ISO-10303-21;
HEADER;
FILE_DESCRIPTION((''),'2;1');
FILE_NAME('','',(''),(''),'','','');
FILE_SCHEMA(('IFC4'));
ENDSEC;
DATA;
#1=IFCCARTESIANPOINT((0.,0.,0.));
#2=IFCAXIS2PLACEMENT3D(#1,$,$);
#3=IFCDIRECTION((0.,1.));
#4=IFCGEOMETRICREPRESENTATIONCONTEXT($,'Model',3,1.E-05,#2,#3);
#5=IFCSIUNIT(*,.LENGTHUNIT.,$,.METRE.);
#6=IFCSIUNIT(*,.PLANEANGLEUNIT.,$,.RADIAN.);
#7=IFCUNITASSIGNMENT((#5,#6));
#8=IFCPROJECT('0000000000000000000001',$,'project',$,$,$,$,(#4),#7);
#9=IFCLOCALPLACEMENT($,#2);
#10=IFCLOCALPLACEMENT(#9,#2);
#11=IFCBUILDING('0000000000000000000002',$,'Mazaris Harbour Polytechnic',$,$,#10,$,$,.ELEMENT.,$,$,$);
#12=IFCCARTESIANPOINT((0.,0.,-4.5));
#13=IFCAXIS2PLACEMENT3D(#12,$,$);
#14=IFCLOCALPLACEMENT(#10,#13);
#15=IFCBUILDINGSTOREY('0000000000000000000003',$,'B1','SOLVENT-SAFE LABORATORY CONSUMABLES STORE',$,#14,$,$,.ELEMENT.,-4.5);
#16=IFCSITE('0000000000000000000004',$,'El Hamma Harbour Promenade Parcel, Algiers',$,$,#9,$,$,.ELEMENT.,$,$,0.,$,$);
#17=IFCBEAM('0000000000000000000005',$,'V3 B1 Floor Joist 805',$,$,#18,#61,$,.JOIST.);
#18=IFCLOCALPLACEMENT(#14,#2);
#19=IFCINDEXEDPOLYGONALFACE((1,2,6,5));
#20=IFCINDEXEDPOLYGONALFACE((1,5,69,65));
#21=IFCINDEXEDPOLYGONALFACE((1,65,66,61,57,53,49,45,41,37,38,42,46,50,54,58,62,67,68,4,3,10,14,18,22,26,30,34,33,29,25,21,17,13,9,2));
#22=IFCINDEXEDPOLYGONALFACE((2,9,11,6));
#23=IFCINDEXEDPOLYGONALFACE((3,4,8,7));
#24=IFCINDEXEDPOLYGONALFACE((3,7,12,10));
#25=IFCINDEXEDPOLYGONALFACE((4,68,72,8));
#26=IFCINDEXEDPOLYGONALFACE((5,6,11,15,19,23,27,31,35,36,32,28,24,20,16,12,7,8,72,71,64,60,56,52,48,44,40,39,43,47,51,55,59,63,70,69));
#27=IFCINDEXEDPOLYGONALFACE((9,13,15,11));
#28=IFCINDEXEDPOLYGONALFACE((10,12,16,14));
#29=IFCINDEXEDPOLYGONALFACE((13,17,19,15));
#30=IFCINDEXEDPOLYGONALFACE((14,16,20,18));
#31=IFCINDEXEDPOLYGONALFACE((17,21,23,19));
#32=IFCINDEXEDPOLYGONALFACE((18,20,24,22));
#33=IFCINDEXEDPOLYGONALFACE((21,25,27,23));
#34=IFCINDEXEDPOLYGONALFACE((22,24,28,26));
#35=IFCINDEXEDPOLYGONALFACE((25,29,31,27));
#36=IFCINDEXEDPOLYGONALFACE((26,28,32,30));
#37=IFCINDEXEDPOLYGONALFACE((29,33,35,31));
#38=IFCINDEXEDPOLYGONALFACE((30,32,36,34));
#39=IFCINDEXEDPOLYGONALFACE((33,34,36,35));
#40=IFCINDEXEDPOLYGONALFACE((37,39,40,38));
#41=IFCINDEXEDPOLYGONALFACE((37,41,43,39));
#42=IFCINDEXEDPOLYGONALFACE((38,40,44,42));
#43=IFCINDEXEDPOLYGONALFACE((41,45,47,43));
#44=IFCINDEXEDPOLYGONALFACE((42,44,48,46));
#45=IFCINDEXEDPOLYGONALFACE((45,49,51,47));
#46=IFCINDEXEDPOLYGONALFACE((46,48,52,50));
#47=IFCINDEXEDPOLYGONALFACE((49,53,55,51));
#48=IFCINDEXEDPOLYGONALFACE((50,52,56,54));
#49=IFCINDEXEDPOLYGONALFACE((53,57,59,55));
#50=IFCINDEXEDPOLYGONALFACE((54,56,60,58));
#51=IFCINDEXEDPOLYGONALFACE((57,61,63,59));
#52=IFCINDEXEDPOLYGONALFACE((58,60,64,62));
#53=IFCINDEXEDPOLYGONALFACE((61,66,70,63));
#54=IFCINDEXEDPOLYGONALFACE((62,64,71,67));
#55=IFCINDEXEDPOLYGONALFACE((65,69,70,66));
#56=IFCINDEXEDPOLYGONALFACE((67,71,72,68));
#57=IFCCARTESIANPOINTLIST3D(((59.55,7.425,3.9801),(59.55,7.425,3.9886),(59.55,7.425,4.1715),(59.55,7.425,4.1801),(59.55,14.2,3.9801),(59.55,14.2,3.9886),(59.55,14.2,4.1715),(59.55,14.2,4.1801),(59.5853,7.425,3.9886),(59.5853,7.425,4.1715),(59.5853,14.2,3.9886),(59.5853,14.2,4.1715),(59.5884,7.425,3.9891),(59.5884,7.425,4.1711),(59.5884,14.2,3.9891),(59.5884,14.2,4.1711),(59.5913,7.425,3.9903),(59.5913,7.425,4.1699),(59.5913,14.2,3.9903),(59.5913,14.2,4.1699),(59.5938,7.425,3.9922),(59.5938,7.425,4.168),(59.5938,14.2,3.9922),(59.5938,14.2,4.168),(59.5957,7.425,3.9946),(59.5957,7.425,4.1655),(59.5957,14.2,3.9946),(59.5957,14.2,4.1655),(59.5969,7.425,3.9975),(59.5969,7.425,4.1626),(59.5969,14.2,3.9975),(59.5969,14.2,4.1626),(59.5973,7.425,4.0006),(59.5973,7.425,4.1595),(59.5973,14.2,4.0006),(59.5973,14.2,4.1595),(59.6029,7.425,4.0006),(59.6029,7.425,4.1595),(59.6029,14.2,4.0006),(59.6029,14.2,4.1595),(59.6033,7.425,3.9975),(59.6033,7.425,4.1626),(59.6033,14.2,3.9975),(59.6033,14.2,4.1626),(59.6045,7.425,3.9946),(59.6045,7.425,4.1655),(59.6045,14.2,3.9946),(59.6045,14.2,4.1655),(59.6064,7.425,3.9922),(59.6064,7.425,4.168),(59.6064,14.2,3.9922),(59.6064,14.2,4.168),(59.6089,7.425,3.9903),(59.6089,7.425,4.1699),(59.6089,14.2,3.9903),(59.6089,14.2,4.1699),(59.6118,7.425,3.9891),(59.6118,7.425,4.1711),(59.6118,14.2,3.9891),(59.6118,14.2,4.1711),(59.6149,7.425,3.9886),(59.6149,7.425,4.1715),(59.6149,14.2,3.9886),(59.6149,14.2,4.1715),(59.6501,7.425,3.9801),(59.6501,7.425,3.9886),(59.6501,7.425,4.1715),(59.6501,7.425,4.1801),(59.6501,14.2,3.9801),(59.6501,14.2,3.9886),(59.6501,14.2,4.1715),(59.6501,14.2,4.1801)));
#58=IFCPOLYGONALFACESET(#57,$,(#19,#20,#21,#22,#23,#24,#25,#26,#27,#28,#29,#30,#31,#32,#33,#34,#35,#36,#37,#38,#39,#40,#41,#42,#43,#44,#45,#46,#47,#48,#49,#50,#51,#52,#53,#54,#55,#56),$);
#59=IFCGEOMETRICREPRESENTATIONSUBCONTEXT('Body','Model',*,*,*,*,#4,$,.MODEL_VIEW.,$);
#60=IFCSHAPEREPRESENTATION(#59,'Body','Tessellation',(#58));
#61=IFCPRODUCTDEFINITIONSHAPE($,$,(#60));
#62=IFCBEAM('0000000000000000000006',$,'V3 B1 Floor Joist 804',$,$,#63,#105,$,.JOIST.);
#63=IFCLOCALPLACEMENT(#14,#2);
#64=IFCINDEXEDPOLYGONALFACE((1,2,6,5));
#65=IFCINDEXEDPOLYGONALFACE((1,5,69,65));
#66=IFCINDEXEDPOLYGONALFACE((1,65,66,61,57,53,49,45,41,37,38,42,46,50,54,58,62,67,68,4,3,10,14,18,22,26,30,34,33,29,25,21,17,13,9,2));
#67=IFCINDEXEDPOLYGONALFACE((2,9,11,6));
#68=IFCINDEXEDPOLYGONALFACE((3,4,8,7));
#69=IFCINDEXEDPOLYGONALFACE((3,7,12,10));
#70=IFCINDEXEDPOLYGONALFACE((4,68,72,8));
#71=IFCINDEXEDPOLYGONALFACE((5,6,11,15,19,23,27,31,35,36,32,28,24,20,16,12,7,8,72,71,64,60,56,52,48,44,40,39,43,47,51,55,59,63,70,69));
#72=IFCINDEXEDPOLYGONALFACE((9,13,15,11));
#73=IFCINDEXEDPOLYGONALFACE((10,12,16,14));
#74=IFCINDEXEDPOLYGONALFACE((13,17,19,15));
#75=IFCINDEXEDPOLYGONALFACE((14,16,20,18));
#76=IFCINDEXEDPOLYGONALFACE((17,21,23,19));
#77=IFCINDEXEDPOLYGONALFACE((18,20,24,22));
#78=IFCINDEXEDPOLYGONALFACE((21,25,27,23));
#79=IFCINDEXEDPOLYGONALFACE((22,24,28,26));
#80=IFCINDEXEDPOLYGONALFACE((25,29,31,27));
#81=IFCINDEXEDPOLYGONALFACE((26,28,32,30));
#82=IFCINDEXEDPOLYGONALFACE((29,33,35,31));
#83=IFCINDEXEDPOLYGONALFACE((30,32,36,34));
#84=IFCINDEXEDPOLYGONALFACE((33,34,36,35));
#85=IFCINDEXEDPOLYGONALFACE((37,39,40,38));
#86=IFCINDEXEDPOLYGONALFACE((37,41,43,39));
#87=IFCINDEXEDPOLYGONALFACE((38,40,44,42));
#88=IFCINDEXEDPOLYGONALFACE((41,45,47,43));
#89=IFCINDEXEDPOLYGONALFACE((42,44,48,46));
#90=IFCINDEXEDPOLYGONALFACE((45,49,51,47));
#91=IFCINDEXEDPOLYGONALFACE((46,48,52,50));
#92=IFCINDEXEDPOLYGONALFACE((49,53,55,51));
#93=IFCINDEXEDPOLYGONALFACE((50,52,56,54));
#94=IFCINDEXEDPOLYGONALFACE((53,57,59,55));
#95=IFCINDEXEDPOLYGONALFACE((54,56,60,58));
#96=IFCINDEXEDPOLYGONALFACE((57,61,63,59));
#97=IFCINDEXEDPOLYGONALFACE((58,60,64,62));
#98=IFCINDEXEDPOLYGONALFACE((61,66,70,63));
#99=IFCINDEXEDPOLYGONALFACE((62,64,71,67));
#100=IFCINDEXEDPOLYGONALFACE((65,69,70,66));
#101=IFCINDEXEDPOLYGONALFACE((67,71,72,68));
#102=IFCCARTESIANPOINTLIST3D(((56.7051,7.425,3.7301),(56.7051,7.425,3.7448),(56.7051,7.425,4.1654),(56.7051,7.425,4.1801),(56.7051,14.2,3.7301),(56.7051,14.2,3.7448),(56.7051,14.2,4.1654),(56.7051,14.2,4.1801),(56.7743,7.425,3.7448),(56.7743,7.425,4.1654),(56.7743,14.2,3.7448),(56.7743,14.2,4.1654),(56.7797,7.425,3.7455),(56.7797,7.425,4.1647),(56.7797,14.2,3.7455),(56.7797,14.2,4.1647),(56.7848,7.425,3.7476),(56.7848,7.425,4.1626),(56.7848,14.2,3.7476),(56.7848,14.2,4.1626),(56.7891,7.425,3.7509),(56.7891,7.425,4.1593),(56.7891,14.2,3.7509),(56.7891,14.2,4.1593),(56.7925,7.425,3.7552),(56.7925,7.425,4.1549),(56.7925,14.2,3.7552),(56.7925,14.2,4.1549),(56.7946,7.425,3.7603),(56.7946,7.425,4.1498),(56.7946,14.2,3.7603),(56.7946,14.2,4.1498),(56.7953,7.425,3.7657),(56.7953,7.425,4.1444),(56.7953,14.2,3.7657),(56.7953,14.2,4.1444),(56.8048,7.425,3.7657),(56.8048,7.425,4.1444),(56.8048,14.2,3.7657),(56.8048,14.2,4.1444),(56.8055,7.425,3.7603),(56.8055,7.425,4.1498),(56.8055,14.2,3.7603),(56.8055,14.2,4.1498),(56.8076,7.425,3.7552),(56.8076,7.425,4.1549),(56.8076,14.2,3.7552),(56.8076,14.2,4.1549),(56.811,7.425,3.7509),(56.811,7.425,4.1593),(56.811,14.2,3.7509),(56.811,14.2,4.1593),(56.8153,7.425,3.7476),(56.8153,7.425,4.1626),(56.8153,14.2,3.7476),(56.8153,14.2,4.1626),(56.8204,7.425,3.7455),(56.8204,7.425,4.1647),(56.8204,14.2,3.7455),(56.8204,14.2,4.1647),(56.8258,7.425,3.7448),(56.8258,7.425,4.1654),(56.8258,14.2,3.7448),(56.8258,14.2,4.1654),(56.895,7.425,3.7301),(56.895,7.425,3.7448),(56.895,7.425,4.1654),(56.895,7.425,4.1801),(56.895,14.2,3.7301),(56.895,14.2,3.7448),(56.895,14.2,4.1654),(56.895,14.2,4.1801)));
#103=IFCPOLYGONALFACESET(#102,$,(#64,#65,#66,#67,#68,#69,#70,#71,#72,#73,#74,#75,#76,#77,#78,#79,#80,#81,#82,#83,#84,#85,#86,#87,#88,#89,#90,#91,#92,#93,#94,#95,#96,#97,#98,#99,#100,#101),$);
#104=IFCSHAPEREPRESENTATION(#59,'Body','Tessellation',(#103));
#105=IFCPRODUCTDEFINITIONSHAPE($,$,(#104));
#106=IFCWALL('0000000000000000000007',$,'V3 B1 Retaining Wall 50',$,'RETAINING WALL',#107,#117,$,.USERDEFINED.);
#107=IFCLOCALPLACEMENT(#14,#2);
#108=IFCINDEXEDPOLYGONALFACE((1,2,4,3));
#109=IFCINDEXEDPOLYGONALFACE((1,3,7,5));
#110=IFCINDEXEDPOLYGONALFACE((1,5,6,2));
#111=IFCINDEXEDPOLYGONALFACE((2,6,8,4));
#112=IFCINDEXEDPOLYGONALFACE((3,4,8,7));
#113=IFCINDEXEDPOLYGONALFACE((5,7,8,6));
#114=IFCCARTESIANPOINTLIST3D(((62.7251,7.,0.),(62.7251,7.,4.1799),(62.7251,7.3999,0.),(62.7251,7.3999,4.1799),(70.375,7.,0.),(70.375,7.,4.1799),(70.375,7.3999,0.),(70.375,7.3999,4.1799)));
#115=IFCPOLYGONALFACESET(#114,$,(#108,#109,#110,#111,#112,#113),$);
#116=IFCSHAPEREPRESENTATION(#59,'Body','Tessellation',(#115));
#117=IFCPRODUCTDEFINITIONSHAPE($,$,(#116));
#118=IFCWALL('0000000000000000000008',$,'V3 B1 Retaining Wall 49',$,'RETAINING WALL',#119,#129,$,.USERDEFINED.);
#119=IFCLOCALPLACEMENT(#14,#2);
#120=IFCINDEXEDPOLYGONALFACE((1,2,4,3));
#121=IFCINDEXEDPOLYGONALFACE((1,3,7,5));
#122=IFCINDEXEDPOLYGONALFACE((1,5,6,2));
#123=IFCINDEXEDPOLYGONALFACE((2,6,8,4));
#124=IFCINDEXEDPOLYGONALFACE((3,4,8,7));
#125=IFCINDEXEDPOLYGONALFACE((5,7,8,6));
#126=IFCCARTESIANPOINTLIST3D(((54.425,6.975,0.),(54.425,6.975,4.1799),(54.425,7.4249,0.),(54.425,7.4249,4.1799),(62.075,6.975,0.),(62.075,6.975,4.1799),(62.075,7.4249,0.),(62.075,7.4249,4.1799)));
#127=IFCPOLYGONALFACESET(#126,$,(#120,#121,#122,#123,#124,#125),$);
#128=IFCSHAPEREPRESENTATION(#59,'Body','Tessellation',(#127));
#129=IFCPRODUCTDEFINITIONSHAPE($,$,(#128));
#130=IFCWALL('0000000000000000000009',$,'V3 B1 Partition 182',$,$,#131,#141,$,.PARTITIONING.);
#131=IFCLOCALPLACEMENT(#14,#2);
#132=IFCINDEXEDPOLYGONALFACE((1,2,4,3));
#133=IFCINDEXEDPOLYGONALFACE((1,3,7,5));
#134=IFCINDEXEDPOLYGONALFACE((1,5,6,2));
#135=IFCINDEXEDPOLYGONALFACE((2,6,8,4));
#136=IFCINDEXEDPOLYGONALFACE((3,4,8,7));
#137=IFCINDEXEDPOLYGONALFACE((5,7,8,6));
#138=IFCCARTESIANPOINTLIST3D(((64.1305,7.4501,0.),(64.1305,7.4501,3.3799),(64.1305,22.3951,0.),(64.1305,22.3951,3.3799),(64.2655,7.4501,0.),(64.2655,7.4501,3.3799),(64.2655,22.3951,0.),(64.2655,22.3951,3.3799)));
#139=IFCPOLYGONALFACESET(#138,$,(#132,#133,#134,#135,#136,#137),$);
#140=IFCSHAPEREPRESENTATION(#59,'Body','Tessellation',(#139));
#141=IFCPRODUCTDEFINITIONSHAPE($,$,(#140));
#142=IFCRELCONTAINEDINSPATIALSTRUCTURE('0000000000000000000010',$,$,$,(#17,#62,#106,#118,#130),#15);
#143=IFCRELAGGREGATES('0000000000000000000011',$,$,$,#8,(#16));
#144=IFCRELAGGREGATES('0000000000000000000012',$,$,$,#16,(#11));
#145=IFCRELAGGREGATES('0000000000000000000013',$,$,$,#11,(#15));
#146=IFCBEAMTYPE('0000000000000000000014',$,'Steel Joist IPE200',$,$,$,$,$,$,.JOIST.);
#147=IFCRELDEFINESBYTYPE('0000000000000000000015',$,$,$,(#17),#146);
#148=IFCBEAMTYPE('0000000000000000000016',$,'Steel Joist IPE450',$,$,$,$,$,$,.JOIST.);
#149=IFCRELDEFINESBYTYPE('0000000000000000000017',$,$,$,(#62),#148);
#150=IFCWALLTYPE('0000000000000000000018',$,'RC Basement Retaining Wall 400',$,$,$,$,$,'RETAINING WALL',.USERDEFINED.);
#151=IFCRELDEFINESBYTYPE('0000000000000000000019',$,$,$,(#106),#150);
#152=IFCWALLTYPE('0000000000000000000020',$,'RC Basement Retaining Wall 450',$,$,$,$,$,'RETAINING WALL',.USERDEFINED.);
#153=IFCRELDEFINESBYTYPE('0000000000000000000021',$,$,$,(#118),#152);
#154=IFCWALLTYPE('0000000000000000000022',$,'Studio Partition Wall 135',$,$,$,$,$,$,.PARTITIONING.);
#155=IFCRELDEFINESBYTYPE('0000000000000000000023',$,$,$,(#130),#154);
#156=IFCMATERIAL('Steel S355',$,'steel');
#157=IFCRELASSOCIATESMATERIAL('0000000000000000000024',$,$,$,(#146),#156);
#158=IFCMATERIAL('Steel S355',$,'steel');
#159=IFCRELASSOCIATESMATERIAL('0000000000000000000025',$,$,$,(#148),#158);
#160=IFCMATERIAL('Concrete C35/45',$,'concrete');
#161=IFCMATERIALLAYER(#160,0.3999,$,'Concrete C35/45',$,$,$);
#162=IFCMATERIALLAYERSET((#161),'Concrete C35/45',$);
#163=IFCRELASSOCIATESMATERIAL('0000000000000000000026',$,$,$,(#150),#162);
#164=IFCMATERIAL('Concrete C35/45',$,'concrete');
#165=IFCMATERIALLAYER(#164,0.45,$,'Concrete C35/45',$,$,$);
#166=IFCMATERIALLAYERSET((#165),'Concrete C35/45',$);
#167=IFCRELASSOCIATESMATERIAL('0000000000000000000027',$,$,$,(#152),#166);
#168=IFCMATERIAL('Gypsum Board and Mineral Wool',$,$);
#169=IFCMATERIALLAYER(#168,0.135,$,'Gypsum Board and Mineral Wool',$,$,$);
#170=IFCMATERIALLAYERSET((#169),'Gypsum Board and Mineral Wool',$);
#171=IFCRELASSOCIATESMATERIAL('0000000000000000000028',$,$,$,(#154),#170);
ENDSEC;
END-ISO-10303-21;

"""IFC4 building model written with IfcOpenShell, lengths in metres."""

from ifc_helpers import new_model, si_unit, direction, frame, frame_2d, origin, origin_2d, place, context, subcontext, project, spatial, rectangle, i_section, extrude, material, layer, layer_set, material_profile, profile_set, type_object, element, save


model = new_model("IFC4")

# Units and contexts
model_context = context("Model", 3, precision=1e-05, world=origin(), true_north=direction((0.0, 1.0)))
body_context = subcontext(model_context, "Body", "Model", "MODEL_VIEW")
ifc_project = project(units=[si_unit("LENGTHUNIT", "METRE"), si_unit("PLANEANGLEUNIT", "RADIAN")], contexts=[model_context])

# Site, building, storey
site_placement = place(None, origin())
site = spatial("IfcSite", under=ifc_project, at=site_placement, Name="El Hamma Harbour Promenade Parcel, Algiers", CompositionType="ELEMENT", RefElevation=0.0)
building_placement = place(site_placement, origin())
building = spatial("IfcBuilding", under=site, at=building_placement, Name="Mazaris Harbour Polytechnic", CompositionType="ELEMENT")
storey_placement = place(building_placement, frame((0.0, 0.0, -4.5)))
storey = spatial("IfcBuildingStorey", under=building, at=storey_placement, Name="B1", Description="SOLVENT-SAFE LABORATORY CONSUMABLES STORE", CompositionType="ELEMENT", Elevation=-4.5)

# Beams
ifc_material_1 = material(Name="Steel S355", Category="steel")
ifc_material_profile_1 = material_profile(ifc_material_1, i_section(OverallWidth=0.1001, OverallDepth=0.2, WebThickness=0.0056, FlangeThickness=0.0085, FilletRadius=0.012, at=origin_2d()), Name="IPE 200")
ifc_profile_set_1 = profile_set([ifc_material_profile_1], Name="Steel S355")
beam_type_1 = type_object("IfcBeamType", Name="Steel Joist IPE200", PredefinedType="JOIST", material=ifc_profile_set_1)
beam_1_placement = place(storey_placement, frame((59.6001, 7.425, 4.0801), z_axis=(0.0, 1.0, 0.0), x_axis=(-1.0, 0.0, 0.0)))
element("IfcBeam", 1, at=beam_1_placement, inside=storey, type_object=beam_type_1, Name="V3 B1 Floor Joist 805", PredefinedType="JOIST", context=body_context, shape_type="SweptSolid", body=[
    extrude(i_section(OverallWidth=0.1001, OverallDepth=0.2, WebThickness=0.0056, FlangeThickness=0.0085, FilletRadius=0.012, at=origin_2d()), origin(), (0.0, 0.0, 1.0), 6.7749),
])
ifc_material_2 = material(Name="Steel S355", Category="steel")
ifc_material_profile_2 = material_profile(ifc_material_2, i_section(OverallWidth=0.1899, OverallDepth=0.45, WebThickness=0.0095, FlangeThickness=0.0146, FilletRadius=0.021, at=origin_2d()), Name="IPE 450")
ifc_profile_set_2 = profile_set([ifc_material_profile_2], Name="Steel S355")
beam_type_2 = type_object("IfcBeamType", Name="Steel Joist IPE450", PredefinedType="JOIST", material=ifc_profile_set_2)
beam_2_placement = place(storey_placement, frame((56.8, 7.425, 3.9551), z_axis=(0.0, 1.0, 0.0), x_axis=(-1.0, 0.0, 0.0)))
element("IfcBeam", 2, at=beam_2_placement, inside=storey, type_object=beam_type_2, Name="V3 B1 Floor Joist 804", PredefinedType="JOIST", context=body_context, shape_type="SweptSolid", body=[
    extrude(i_section(OverallWidth=0.1899, OverallDepth=0.45, WebThickness=0.0095, FlangeThickness=0.0146, FilletRadius=0.021, at=origin_2d()), origin(), (0.0, 0.0, 1.0), 6.7749),
])

# Walls
ifc_material_3 = material(Name="Concrete C35/45", Category="concrete")
ifc_layer_1 = layer(ifc_material_3, 0.3999, Name="Concrete C35/45")
ifc_layer_set_1 = layer_set([ifc_layer_1], Name="Concrete C35/45")
wall_type_1 = type_object("IfcWallType", Name="RC Basement Retaining Wall 400", ElementType="RETAINING WALL", PredefinedType="USERDEFINED", material=ifc_layer_set_1)
wall_1_placement = place(storey_placement, frame((62.7251, 7.2, 0.0), z_axis=(0.0, 0.0, 1.0), x_axis=(1.0, 0.0, 0.0)))
element("IfcWall", 3, at=wall_1_placement, inside=storey, type_object=wall_type_1, Name="V3 B1 Retaining Wall 50", ObjectType="RETAINING WALL", PredefinedType="USERDEFINED", context=body_context, shape_type="SweptSolid", body=[
    extrude(rectangle(XDim=7.6499, YDim=0.3999, at=frame_2d((3.825, 0.0))), origin(), (0.0, 0.0, 1.0), 4.1799),
])
ifc_material_4 = material(Name="Concrete C35/45", Category="concrete")
ifc_layer_2 = layer(ifc_material_4, 0.45, Name="Concrete C35/45")
ifc_layer_set_2 = layer_set([ifc_layer_2], Name="Concrete C35/45")
wall_type_2 = type_object("IfcWallType", Name="RC Basement Retaining Wall 450", ElementType="RETAINING WALL", PredefinedType="USERDEFINED", material=ifc_layer_set_2)
wall_2_placement = place(storey_placement, frame((54.425, 7.2, 0.0), z_axis=(0.0, 0.0, 1.0), x_axis=(1.0, 0.0, 0.0)))
element("IfcWall", 4, at=wall_2_placement, inside=storey, type_object=wall_type_2, Name="V3 B1 Retaining Wall 49", ObjectType="RETAINING WALL", PredefinedType="USERDEFINED", context=body_context, shape_type="SweptSolid", body=[
    extrude(rectangle(XDim=7.6499, YDim=0.45, at=frame_2d((3.825, 0.0))), origin(), (0.0, 0.0, 1.0), 4.1799),
])
ifc_material_5 = material(Name="Gypsum Board and Mineral Wool")
ifc_layer_3 = layer(ifc_material_5, 0.135, Name="Gypsum Board and Mineral Wool")
ifc_layer_set_3 = layer_set([ifc_layer_3], Name="Gypsum Board and Mineral Wool")
wall_type_3 = type_object("IfcWallType", Name="Studio Partition Wall 135", PredefinedType="PARTITIONING", material=ifc_layer_set_3)
wall_3_placement = place(storey_placement, frame((64.198, 7.45, 0.0), z_axis=(0.0, 0.0, 1.0), x_axis=(0.0, 1.0, 0.0)))
element("IfcWall", 5, at=wall_3_placement, inside=storey, type_object=wall_type_3, Name="V3 B1 Partition 182", PredefinedType="PARTITIONING", context=body_context, shape_type="SweptSolid", body=[
    extrude(rectangle(XDim=14.9451, YDim=0.135, at=frame_2d((7.4727, 0.0))), origin(), (0.0, 0.0, 1.0), 3.3799),
])

save(model, "model.ifc")
